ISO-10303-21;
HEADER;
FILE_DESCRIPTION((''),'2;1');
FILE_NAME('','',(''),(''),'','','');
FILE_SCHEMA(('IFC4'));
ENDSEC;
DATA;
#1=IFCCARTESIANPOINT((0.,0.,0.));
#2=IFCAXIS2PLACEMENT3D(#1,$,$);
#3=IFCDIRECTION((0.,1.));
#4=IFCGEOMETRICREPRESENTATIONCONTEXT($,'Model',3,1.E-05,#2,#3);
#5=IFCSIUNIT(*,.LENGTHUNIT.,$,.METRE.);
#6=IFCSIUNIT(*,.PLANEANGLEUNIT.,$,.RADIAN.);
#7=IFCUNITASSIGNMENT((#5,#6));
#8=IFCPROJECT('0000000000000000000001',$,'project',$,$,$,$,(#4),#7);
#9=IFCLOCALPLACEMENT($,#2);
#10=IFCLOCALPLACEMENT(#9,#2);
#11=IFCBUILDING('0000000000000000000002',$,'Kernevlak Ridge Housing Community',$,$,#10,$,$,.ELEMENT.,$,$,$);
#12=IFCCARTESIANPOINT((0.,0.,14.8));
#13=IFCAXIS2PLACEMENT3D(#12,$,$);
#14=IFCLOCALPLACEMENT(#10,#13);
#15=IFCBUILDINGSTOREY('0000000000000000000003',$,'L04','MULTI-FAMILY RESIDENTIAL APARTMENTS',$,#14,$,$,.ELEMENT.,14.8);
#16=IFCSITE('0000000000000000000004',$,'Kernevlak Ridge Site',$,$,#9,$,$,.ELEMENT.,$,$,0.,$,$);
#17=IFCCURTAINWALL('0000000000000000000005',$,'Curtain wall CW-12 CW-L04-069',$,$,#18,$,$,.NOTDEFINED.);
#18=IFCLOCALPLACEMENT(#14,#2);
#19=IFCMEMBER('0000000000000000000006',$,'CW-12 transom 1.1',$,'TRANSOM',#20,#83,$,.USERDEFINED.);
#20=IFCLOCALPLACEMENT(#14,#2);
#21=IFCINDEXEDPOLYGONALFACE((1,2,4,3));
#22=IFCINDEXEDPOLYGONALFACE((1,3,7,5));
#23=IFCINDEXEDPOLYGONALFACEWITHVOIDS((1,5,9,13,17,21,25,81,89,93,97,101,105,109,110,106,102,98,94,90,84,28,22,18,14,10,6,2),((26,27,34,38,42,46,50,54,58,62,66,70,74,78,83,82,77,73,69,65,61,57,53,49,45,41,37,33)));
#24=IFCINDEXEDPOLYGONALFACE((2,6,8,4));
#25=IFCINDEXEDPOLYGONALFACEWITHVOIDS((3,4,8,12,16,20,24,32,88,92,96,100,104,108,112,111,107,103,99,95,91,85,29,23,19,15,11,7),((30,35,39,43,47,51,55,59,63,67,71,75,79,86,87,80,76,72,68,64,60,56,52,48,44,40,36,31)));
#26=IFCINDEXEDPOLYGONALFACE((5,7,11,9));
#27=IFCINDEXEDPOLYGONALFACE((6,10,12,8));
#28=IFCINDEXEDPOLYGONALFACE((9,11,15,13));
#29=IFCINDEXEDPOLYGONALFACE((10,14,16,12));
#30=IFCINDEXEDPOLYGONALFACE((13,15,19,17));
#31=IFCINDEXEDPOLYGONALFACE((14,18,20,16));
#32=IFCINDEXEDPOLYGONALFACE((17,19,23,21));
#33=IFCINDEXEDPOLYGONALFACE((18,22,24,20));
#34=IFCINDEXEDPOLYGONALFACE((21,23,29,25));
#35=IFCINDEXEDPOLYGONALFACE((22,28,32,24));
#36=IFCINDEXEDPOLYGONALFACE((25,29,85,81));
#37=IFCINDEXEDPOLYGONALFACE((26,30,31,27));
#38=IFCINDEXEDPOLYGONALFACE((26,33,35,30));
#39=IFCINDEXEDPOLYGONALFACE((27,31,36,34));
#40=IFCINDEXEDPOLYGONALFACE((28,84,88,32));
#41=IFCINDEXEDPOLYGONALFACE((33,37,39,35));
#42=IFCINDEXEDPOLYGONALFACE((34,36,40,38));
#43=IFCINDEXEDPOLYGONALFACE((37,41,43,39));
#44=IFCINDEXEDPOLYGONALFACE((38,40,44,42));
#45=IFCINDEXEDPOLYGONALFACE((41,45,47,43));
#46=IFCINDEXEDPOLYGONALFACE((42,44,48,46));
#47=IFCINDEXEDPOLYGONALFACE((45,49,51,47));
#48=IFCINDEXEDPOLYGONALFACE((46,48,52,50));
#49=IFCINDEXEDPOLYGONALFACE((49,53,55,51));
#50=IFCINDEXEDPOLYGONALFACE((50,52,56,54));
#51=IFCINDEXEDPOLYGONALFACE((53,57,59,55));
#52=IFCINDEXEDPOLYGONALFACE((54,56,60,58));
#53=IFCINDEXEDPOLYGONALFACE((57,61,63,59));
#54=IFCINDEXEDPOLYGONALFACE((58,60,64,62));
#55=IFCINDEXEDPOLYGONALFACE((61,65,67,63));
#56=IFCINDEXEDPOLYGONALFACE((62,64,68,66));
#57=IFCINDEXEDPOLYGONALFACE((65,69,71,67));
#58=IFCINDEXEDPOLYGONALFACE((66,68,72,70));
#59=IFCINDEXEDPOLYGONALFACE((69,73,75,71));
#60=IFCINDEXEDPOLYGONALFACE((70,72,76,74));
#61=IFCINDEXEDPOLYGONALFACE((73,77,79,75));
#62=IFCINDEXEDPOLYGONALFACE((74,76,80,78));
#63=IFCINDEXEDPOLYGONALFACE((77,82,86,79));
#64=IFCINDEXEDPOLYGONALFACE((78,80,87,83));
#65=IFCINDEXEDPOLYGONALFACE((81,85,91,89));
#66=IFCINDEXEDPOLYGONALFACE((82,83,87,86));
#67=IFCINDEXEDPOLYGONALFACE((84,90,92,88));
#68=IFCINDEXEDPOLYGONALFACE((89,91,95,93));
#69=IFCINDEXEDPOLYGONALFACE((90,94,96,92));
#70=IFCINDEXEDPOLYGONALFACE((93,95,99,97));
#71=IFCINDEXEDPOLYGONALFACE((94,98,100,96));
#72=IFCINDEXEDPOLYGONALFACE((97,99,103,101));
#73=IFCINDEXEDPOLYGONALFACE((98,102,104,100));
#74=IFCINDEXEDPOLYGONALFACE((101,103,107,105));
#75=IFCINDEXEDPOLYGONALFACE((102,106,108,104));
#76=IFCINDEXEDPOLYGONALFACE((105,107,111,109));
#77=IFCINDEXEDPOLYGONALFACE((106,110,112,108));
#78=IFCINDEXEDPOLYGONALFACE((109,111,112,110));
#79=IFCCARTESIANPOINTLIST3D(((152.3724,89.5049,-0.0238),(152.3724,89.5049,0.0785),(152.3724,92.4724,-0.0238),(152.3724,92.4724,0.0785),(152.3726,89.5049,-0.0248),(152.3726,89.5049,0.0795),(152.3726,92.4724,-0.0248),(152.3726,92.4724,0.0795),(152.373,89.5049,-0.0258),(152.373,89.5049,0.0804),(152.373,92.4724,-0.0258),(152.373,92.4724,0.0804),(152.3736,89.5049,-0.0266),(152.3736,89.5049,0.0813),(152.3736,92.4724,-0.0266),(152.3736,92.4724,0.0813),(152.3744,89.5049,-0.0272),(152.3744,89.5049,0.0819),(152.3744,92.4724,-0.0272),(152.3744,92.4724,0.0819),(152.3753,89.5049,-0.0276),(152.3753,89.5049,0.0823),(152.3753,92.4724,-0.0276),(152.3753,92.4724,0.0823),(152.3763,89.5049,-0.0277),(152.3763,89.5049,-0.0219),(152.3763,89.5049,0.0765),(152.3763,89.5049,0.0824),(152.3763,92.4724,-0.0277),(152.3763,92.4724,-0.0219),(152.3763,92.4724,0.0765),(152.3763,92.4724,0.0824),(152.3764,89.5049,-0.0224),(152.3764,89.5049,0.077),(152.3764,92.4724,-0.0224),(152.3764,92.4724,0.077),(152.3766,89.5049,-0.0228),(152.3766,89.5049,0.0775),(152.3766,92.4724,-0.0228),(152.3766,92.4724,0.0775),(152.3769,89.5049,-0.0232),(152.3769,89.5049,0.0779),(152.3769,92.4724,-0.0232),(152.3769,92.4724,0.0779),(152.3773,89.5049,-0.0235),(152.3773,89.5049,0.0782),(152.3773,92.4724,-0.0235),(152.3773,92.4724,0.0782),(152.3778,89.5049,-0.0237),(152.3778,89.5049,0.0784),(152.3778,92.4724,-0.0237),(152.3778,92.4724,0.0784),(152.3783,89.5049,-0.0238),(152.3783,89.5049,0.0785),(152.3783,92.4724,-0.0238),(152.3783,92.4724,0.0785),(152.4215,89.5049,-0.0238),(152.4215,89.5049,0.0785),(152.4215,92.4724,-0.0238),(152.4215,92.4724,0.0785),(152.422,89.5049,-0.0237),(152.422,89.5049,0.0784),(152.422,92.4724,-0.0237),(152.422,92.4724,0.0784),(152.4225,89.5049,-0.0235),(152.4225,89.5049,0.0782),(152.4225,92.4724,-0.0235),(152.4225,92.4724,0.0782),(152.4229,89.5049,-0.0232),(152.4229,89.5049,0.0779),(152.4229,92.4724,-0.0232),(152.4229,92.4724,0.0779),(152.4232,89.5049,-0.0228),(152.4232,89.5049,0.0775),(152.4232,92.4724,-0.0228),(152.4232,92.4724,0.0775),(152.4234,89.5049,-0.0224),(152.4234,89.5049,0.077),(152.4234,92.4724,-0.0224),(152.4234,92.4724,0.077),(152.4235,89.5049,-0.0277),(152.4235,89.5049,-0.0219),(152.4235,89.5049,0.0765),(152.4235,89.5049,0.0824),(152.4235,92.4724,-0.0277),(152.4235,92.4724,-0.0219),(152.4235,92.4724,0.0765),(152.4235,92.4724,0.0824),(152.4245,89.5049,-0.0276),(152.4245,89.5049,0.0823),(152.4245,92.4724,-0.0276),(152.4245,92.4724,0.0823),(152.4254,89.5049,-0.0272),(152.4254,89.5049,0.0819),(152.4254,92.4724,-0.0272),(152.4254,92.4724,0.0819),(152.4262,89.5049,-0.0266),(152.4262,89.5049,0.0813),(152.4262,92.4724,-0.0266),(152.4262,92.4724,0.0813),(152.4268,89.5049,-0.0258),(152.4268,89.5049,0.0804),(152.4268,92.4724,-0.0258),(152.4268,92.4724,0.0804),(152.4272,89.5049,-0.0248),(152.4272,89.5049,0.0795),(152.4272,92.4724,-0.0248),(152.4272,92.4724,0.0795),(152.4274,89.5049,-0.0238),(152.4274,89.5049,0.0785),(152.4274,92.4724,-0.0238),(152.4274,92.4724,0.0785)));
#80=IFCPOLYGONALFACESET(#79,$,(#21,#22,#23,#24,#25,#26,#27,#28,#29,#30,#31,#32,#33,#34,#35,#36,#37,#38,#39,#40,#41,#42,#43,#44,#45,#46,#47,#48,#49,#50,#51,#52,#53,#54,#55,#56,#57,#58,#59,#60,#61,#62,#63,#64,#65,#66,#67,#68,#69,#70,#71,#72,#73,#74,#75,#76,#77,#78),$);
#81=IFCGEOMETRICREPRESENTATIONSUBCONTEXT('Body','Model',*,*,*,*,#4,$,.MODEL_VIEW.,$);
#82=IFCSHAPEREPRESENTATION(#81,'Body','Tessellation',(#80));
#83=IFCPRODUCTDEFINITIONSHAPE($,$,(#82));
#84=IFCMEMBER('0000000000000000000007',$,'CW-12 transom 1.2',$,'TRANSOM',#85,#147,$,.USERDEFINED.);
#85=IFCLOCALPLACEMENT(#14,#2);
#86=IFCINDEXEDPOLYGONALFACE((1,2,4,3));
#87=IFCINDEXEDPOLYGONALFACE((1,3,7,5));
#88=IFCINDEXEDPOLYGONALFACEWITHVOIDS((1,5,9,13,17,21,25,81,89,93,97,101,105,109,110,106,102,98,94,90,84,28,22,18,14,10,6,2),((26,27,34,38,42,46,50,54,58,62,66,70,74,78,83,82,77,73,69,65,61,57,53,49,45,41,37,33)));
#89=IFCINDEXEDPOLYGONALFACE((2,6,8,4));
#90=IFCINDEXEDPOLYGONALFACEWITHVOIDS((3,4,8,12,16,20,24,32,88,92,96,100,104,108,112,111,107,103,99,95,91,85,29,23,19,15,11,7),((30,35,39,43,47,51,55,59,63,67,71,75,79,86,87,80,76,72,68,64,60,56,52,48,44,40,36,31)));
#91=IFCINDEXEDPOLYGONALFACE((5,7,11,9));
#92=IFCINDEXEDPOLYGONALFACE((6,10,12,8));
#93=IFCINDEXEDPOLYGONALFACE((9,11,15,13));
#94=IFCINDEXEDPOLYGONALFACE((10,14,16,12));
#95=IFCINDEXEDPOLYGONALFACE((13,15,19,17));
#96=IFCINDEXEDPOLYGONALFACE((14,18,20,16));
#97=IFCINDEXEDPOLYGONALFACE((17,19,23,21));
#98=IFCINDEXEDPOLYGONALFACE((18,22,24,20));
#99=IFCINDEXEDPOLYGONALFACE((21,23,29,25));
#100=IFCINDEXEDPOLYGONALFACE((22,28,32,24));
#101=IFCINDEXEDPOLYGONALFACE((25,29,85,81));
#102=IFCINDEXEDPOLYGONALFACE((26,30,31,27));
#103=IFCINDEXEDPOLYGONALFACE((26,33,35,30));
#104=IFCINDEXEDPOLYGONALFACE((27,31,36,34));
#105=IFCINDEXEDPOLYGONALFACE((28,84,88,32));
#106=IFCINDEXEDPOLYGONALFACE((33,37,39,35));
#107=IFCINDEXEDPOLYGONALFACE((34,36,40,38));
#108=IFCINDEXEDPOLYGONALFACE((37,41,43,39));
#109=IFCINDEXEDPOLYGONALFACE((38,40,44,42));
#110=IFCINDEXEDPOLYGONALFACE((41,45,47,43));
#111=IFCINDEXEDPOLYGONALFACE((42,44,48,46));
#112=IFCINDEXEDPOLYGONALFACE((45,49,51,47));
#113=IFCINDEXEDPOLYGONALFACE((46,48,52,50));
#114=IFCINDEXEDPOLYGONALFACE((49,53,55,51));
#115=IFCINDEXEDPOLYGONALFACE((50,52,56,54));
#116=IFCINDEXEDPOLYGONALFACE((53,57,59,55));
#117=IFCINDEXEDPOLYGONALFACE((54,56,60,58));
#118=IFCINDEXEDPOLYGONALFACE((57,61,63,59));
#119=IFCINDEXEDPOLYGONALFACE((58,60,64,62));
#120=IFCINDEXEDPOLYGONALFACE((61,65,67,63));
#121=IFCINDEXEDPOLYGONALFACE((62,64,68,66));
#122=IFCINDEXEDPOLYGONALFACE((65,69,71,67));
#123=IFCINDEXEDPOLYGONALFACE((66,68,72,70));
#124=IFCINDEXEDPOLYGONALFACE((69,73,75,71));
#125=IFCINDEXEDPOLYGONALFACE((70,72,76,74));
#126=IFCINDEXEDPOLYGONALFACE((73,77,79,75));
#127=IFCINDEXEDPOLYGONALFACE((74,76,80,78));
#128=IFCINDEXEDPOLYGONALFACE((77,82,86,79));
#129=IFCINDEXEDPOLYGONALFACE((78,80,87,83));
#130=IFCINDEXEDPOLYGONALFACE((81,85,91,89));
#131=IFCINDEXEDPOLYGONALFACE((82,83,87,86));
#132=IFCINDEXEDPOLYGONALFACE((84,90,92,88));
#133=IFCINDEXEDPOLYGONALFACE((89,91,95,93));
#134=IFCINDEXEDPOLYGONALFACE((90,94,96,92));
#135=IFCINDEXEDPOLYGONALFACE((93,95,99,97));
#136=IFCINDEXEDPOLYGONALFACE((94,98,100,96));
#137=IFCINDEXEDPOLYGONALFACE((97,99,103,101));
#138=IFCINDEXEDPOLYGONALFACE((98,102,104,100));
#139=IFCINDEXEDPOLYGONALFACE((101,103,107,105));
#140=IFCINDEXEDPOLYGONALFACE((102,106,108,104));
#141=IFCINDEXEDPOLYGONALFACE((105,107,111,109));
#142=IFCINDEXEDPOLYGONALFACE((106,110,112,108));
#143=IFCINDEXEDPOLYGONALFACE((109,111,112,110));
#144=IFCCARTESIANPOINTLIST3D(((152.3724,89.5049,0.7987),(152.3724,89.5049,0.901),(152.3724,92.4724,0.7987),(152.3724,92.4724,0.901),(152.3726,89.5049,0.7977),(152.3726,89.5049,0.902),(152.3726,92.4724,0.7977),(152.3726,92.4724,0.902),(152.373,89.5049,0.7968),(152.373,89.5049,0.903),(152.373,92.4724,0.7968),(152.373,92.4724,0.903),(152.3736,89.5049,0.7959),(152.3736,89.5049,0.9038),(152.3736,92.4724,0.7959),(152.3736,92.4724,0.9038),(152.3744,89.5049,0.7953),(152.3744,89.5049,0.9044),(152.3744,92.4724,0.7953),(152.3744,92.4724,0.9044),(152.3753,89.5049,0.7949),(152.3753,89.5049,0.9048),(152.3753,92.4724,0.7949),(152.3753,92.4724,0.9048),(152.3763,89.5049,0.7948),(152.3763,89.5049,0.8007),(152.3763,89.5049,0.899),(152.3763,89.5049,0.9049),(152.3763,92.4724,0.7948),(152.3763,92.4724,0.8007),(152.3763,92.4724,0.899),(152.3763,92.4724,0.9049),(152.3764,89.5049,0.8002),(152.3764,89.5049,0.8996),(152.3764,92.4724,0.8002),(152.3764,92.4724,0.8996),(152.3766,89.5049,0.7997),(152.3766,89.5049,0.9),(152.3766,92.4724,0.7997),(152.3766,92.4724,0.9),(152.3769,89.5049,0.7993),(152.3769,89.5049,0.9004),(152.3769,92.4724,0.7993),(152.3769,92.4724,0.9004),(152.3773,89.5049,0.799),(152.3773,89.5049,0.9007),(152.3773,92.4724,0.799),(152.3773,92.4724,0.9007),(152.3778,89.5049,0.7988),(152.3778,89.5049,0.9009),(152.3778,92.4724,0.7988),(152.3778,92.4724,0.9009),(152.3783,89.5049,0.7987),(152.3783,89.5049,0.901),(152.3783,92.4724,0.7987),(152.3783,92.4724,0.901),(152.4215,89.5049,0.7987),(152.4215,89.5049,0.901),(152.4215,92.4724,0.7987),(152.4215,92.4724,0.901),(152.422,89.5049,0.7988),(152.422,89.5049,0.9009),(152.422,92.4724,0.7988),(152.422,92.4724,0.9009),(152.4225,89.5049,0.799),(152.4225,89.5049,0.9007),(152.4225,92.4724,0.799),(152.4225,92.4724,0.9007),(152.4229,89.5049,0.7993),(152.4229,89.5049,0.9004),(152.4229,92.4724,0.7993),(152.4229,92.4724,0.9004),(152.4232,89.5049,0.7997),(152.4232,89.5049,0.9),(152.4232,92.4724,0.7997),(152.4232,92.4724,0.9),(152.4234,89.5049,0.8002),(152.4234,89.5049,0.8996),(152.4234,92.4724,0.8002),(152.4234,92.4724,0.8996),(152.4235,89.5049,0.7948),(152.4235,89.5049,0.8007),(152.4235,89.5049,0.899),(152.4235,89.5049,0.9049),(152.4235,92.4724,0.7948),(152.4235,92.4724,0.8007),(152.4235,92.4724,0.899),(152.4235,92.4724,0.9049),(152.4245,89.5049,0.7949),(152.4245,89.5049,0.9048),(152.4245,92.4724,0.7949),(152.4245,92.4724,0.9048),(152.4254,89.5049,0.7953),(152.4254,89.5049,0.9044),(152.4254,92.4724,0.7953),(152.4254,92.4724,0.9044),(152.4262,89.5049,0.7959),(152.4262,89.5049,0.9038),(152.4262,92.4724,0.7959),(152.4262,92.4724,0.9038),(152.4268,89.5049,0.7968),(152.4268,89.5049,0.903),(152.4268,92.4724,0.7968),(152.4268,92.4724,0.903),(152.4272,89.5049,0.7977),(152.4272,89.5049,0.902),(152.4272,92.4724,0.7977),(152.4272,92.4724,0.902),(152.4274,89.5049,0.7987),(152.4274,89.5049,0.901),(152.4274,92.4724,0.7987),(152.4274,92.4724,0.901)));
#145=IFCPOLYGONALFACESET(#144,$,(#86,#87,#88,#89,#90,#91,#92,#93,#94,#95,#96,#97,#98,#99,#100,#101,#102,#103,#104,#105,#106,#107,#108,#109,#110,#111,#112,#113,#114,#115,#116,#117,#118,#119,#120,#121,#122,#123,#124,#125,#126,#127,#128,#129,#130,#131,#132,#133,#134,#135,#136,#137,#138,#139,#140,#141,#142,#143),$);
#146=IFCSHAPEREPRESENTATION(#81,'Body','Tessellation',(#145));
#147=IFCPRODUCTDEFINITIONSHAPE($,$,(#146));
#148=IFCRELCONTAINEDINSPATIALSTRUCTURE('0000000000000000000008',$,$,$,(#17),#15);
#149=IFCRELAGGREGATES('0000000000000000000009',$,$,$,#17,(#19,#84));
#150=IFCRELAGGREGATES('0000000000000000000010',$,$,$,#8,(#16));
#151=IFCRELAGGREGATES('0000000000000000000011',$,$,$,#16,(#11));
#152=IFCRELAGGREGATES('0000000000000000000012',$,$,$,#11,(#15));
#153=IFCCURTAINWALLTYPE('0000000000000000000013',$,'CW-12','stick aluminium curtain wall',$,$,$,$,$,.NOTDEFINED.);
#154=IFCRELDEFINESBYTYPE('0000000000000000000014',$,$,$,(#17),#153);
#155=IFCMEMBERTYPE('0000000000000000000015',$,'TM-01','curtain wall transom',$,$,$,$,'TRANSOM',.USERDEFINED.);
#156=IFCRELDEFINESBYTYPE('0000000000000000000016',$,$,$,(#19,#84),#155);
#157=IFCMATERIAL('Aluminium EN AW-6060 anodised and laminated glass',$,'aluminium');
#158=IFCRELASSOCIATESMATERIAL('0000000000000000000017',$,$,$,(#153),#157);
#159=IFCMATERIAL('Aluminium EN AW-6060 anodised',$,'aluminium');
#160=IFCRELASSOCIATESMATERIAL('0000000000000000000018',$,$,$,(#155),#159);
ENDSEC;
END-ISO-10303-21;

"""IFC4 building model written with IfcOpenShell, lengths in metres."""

from ifc_helpers import new_model, si_unit, direction, frame, origin, origin_2d, place, context, subcontext, project, spatial, hollow_rectangle, extrude, material, material_profile, profile_set, type_object, element, aggregate, save


model = new_model("IFC4")

# Units and contexts
model_context = context("Model", 3, precision=1e-05, world=origin(), true_north=direction((0.0, 1.0)))
body_context = subcontext(model_context, "Body", "Model", "MODEL_VIEW")
ifc_project = project(units=[si_unit("LENGTHUNIT", "METRE"), si_unit("PLANEANGLEUNIT", "RADIAN")], contexts=[model_context])

# Site, building, storey
site_placement = place(None, origin())
site = spatial("IfcSite", under=ifc_project, at=site_placement, Name="Kernevlak Ridge Site", CompositionType="ELEMENT", RefElevation=0.0)
building_placement = place(site_placement, origin())
building = spatial("IfcBuilding", under=site, at=building_placement, Name="Kernevlak Ridge Housing Community", CompositionType="ELEMENT")
storey_placement = place(building_placement, frame((0.0, 0.0, 14.8)))
storey = spatial("IfcBuildingStorey", under=building, at=storey_placement, Name="L04", Description="MULTI-FAMILY RESIDENTIAL APARTMENTS", CompositionType="ELEMENT", Elevation=14.8)

# Curtain wall
ifc_material_1 = material(Name="Aluminium EN AW-6060 anodised and laminated glass", Category="aluminium")
curtain_wall_type = type_object("IfcCurtainWallType", Name="CW-12", Description="stick aluminium curtain wall", PredefinedType="NOTDEFINED", material=ifc_material_1)
curtain_wall_placement = place(storey_placement, origin())
curtain_wall = element("IfcCurtainWall", 1, at=curtain_wall_placement, inside=storey, type_object=curtain_wall_type, Name="Curtain wall CW-12 CW-L04-069", PredefinedType="NOTDEFINED")
ifc_material_2 = material(Name="Aluminium EN AW-6060 anodised", Category="aluminium")

# Members
ifc_material_profile_1 = material_profile(ifc_material_2, hollow_rectangle(XDim=0.0549, YDim=0.1101, WallThickness=0.0039, InnerFilletRadius=0.002, OuterFilletRadius=0.0039, at=origin_2d()), Name="ALU 55x110x4")
ifc_profile_set_1 = profile_set([ifc_material_profile_1], Name="Aluminium EN AW-6060 anodised")
member_type_1 = type_object("IfcMemberType", Name="TM-01", Description="curtain wall transom", ElementType="TRANSOM", PredefinedType="USERDEFINED", material=ifc_profile_set_1)
member_1_placement = place(storey_placement, frame((152.3999, 89.5049, 0.0273), z_axis=(0.0, 1.0, 0.0), x_axis=(-1.0, 0.0, 0.0)))
member_1 = element("IfcMember", 2, at=member_1_placement, type_object=member_type_1, Name="CW-12 transom 1.1", ObjectType="TRANSOM", PredefinedType="USERDEFINED", context=body_context, shape_type="SweptSolid", body=[
    extrude(hollow_rectangle(XDim=0.0549, YDim=0.1101, WallThickness=0.0039, InnerFilletRadius=0.002, OuterFilletRadius=0.0039, at=origin_2d()), origin(), (0.0, 0.0, 1.0), 2.9675),
])
member_2_placement = place(storey_placement, frame((152.3999, 89.5049, 0.8499), z_axis=(0.0, 1.0, 0.0), x_axis=(-1.0, 0.0, 0.0)))
member_2 = element("IfcMember", 3, at=member_2_placement, type_object=member_type_1, Name="CW-12 transom 1.2", ObjectType="TRANSOM", PredefinedType="USERDEFINED", context=body_context, shape_type="SweptSolid", body=[
    extrude(hollow_rectangle(XDim=0.0549, YDim=0.1101, WallThickness=0.0039, InnerFilletRadius=0.002, OuterFilletRadius=0.0039, at=origin_2d()), origin(), (0.0, 0.0, 1.0), 2.9675),
])

aggregate(curtain_wall, [member_1, member_2])

save(model, "model.ifc")
